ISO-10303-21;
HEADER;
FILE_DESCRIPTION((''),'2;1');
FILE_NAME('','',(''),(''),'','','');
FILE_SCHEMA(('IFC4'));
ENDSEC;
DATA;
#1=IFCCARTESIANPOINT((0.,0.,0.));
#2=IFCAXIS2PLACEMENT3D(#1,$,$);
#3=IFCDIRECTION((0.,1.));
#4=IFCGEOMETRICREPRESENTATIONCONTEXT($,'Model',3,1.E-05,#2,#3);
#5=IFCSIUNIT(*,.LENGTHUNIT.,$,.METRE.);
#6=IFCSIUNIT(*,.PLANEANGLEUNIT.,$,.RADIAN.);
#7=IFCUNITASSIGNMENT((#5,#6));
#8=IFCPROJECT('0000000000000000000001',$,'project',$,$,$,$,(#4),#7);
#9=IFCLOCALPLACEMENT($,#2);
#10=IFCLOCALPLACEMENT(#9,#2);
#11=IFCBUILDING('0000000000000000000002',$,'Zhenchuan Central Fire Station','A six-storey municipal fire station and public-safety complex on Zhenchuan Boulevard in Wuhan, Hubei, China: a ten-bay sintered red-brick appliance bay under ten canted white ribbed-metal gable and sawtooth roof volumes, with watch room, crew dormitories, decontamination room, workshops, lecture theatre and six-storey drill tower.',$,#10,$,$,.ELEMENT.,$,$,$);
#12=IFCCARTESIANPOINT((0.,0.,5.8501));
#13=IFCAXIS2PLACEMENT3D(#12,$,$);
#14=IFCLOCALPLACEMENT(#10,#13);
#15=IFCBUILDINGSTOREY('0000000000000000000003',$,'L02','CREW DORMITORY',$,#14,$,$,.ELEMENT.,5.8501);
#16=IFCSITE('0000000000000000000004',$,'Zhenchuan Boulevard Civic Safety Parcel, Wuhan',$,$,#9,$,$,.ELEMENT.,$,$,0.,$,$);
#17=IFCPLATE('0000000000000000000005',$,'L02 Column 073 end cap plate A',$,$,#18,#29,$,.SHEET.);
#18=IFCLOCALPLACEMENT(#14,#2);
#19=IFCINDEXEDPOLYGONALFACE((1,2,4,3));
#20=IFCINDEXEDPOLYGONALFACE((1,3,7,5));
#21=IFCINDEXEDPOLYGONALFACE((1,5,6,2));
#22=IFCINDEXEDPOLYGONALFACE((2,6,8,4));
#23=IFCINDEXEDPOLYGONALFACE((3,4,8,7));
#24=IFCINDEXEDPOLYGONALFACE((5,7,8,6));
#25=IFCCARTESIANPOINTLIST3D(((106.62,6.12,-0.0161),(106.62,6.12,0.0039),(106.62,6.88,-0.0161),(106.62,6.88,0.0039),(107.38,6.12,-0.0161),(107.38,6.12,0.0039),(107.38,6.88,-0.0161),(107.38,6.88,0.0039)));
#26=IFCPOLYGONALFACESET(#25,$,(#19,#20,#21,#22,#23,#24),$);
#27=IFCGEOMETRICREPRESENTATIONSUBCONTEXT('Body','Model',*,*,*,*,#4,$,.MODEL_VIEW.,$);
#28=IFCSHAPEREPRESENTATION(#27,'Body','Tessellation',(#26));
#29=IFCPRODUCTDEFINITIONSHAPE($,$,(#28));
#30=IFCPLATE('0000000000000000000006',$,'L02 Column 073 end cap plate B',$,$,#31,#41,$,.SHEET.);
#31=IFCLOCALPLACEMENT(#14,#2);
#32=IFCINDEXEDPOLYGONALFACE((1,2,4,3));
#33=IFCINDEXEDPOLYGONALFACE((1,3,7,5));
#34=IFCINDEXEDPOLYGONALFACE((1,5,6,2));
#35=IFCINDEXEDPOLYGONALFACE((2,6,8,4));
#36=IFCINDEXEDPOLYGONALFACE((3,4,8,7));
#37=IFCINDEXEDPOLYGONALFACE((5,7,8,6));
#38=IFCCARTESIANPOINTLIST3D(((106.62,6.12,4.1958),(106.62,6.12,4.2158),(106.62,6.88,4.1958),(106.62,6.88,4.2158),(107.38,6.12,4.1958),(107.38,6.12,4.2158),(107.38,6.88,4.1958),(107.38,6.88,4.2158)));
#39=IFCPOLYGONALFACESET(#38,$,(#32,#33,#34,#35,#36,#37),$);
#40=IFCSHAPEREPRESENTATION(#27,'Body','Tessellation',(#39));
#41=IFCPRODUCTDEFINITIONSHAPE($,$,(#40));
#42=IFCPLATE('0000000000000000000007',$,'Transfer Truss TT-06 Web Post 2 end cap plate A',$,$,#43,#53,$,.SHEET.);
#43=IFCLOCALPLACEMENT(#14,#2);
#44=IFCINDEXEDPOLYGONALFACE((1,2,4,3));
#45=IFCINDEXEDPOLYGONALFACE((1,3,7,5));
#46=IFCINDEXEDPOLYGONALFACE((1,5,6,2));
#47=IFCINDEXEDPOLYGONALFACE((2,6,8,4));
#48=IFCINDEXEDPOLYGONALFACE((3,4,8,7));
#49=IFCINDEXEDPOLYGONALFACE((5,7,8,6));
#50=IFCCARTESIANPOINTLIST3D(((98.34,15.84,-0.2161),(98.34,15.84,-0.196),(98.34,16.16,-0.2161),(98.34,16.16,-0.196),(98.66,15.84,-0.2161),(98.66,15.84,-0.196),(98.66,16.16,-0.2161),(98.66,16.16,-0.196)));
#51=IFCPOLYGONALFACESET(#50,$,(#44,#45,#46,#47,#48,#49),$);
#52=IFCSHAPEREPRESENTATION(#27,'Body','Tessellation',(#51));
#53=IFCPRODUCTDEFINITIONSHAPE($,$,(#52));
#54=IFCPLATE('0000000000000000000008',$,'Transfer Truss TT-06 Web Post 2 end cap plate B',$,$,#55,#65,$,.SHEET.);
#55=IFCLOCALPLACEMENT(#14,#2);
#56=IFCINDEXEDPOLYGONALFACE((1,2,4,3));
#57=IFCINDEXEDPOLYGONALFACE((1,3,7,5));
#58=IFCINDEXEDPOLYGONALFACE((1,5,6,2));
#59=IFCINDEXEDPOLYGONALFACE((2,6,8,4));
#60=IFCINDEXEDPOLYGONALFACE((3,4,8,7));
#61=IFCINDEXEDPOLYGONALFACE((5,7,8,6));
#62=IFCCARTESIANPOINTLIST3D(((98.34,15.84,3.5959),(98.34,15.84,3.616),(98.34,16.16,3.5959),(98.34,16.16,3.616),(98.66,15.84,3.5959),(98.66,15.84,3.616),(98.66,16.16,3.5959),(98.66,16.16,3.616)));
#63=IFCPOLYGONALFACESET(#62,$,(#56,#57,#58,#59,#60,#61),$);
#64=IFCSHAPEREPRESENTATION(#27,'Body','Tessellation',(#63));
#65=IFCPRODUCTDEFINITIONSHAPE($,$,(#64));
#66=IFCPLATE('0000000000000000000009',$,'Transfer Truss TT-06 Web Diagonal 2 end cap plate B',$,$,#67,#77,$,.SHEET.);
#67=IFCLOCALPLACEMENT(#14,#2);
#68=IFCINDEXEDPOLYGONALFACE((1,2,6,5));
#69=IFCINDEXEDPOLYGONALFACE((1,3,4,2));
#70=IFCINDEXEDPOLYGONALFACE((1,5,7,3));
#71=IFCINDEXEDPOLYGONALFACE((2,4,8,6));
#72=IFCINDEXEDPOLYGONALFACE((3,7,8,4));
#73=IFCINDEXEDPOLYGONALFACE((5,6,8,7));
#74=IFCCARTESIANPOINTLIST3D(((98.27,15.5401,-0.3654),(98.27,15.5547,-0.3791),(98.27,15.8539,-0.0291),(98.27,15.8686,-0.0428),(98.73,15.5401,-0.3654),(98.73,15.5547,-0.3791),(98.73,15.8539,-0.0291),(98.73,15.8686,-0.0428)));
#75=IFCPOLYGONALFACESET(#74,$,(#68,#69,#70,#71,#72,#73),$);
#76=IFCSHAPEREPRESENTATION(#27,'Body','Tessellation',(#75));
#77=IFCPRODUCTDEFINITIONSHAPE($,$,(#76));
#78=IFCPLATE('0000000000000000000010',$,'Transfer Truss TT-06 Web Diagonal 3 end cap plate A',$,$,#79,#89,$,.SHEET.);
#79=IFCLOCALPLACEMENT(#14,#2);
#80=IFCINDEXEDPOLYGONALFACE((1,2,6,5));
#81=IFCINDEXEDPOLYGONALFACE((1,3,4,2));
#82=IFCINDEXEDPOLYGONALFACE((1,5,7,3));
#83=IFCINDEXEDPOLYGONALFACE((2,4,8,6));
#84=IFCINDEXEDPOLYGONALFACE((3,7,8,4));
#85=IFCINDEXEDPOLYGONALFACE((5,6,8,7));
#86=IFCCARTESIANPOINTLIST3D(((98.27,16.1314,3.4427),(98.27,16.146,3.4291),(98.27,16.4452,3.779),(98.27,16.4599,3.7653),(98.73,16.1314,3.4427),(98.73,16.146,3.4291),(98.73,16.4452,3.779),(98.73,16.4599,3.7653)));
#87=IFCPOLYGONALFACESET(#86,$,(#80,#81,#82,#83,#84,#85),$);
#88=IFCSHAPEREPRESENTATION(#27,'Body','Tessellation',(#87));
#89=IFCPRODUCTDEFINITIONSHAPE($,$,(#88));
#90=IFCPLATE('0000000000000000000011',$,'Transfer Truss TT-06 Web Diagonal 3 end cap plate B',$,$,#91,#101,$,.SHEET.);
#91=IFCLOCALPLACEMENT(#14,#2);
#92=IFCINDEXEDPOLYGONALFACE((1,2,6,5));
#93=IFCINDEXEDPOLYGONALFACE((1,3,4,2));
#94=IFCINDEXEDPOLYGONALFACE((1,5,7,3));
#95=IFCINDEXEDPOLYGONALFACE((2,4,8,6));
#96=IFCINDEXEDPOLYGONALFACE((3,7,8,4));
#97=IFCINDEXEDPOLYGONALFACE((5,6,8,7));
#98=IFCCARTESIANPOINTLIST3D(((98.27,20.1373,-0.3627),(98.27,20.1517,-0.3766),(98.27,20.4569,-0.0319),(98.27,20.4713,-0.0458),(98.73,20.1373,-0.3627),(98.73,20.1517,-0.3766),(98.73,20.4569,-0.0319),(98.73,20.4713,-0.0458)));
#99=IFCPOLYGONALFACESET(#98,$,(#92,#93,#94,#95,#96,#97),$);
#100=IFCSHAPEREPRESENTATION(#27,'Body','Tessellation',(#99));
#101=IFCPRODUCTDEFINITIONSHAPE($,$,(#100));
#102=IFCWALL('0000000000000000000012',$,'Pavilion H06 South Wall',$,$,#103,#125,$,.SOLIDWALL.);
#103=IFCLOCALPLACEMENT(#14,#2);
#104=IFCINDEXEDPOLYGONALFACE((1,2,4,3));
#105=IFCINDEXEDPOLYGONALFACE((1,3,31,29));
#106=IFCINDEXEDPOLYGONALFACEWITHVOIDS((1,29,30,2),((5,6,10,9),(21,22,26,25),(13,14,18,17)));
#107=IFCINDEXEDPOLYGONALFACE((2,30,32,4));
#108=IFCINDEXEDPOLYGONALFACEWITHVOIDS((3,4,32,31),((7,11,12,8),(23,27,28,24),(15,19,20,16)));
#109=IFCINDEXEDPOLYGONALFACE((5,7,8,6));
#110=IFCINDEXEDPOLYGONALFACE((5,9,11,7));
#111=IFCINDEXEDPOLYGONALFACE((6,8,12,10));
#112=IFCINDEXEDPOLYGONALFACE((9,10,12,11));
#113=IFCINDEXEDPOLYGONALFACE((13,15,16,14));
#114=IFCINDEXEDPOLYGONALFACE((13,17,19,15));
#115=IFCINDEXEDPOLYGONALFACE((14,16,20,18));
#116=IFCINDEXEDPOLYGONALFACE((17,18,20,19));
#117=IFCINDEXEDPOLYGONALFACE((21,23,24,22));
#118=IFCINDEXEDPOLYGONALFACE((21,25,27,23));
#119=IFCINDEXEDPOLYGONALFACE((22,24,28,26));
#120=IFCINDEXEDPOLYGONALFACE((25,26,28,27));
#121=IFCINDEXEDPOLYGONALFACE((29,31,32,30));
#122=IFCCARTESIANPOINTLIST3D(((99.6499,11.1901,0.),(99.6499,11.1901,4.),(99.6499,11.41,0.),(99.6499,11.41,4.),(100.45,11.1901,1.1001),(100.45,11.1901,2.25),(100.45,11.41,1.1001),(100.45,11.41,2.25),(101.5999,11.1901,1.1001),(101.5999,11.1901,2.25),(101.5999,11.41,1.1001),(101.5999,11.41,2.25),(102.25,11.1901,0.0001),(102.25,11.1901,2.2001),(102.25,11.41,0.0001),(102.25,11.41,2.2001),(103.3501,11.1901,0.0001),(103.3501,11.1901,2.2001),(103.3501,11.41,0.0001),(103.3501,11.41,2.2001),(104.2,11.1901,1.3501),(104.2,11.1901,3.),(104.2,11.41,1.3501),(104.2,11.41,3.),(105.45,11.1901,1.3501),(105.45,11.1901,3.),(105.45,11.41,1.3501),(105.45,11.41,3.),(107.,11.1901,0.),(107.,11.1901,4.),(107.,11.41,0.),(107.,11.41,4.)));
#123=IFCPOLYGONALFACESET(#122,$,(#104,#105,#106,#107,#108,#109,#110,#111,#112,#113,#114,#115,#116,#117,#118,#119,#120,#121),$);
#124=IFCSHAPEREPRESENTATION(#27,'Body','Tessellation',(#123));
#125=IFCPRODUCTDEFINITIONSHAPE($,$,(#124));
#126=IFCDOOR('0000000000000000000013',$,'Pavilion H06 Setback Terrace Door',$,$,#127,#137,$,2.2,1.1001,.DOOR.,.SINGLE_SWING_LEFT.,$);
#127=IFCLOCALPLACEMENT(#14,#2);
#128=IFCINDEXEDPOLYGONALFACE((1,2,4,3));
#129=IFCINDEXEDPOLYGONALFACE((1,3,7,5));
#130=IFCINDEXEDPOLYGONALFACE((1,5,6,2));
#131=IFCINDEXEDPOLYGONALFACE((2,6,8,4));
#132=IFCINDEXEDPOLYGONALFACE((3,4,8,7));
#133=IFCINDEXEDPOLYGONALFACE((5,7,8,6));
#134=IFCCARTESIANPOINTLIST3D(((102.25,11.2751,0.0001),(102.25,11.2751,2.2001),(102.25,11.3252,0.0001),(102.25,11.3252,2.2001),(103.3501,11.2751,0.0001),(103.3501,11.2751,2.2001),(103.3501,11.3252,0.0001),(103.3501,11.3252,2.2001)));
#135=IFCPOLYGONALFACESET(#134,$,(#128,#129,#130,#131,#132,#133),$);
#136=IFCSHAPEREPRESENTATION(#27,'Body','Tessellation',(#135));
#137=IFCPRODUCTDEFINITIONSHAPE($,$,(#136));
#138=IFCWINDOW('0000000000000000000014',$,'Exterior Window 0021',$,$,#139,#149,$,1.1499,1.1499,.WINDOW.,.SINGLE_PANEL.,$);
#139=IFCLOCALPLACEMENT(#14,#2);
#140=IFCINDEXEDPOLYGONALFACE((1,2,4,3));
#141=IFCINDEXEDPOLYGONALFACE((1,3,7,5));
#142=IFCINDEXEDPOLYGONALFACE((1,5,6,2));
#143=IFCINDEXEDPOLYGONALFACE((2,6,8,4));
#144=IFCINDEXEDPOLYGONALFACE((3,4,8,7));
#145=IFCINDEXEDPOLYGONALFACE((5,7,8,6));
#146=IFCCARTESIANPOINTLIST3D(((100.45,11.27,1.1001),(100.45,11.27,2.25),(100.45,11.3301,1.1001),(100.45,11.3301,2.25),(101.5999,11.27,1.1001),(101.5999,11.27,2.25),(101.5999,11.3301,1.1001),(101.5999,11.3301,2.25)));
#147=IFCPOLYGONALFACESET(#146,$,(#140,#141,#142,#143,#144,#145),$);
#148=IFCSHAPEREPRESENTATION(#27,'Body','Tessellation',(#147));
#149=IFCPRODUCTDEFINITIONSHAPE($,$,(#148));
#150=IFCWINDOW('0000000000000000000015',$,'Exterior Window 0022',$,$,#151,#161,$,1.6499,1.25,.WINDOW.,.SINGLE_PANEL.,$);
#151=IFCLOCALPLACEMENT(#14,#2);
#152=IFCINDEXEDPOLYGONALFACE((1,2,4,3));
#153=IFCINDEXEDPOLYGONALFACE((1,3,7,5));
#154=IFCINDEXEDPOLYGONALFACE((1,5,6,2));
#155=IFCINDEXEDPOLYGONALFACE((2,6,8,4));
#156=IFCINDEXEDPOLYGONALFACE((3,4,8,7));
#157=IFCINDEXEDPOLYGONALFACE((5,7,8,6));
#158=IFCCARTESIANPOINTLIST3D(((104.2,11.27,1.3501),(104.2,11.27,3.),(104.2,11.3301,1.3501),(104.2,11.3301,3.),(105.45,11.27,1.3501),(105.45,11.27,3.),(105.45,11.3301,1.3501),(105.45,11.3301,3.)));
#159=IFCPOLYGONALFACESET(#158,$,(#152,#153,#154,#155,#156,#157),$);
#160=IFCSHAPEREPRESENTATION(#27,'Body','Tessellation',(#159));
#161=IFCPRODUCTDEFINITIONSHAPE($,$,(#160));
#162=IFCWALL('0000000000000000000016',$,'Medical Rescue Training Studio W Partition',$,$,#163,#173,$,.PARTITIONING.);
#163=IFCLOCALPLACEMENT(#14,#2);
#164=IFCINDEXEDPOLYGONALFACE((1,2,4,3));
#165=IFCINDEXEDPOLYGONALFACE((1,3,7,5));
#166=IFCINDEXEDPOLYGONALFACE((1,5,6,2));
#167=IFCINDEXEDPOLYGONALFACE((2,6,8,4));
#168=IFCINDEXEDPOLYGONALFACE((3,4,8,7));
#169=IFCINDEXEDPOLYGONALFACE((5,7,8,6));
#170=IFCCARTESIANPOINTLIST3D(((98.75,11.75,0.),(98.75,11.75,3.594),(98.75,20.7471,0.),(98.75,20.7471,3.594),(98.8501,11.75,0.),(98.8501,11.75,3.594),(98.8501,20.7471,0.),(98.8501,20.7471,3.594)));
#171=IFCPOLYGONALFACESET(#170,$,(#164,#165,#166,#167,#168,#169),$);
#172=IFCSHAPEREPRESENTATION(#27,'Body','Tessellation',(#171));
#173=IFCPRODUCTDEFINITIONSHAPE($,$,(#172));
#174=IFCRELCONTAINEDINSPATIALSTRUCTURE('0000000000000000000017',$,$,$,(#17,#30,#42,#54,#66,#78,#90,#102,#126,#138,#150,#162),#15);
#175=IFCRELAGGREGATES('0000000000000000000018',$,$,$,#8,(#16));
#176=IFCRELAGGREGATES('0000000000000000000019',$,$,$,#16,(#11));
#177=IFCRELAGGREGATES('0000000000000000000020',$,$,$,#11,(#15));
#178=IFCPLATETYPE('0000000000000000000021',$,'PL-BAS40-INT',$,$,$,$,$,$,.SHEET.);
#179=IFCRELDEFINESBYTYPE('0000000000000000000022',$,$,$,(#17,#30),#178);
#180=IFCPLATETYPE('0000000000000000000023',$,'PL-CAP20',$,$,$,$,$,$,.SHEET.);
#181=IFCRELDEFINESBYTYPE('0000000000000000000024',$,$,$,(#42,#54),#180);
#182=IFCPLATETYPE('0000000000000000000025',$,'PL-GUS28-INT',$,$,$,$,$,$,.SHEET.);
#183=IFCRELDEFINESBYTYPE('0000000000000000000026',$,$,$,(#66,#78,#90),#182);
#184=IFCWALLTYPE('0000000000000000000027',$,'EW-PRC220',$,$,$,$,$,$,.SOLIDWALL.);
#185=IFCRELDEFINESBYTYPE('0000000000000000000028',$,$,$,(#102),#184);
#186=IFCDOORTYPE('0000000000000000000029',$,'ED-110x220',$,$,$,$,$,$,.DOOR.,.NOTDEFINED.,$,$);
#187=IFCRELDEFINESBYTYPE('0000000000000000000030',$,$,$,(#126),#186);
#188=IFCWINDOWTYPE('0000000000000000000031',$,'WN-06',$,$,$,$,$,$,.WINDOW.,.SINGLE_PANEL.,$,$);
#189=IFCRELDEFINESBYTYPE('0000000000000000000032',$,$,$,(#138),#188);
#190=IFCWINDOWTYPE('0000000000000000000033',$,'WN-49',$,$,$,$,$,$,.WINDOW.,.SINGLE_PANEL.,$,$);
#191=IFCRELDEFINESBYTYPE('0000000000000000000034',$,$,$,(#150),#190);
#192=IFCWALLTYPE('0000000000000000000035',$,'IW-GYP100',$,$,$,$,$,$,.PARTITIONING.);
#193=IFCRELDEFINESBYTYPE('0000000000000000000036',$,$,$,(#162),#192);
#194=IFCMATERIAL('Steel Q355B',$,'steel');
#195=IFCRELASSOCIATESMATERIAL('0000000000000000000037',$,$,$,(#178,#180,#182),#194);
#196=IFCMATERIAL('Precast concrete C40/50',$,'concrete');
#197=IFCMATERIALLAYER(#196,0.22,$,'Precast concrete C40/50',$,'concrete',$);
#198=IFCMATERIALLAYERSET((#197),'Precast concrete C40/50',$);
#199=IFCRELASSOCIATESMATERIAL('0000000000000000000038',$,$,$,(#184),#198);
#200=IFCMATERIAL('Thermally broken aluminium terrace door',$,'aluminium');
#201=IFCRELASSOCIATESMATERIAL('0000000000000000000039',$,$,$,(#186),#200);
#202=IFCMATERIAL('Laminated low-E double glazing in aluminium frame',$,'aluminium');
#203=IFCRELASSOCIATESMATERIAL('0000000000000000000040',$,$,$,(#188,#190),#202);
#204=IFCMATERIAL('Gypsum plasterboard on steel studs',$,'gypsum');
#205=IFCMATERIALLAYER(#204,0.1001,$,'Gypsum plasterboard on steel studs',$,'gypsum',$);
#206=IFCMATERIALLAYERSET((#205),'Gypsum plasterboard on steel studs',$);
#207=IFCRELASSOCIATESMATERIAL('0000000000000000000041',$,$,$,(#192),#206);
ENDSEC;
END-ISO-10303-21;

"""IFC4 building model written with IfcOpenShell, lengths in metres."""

from ifc_helpers import new_model, si_unit, direction, frame, frame_2d, origin, origin_2d, place, context, subcontext, project, spatial, rectangle, extrude, material, layer, layer_set, material_profile, profile_set, type_object, element, fill, save


model = new_model("IFC4")

# Units and contexts
model_context = context("Model", 3, precision=1e-05, world=origin(), true_north=direction((0.0, 1.0)))
body_context = subcontext(model_context, "Body", "Model", "MODEL_VIEW")
ifc_project = project(units=[si_unit("LENGTHUNIT", "METRE"), si_unit("PLANEANGLEUNIT", "RADIAN")], contexts=[model_context])

# Site, building, storey
site_placement = place(None, origin())
site = spatial("IfcSite", under=ifc_project, at=site_placement, Name="Zhenchuan Boulevard Civic Safety Parcel, Wuhan", CompositionType="ELEMENT", RefElevation=0.0)
building_placement = place(site_placement, origin())
building = spatial("IfcBuilding", under=site, at=building_placement, Name="Zhenchuan Central Fire Station", Description="A six-storey municipal fire station and public-safety complex on Zhenchuan Boulevard in Wuhan, Hubei, China: a ten-bay sintered red-brick appliance bay under ten canted white ribbed-metal gable and sawtooth roof volumes, with watch room, crew dormitories, decontamination room, workshops, lecture theatre and six-storey drill tower.", CompositionType="ELEMENT")
storey_placement = place(building_placement, frame((0.0, 0.0, 5.8501)))
storey = spatial("IfcBuildingStorey", under=building, at=storey_placement, Name="L02", Description="CREW DORMITORY", CompositionType="ELEMENT", Elevation=5.8501)

# Shared definitions
ifc_material_1 = material(Name="Steel Q355B", Category="steel")

# Plates
ifc_material_profile_1 = material_profile(ifc_material_1, rectangle(XDim=0.76, YDim=0.76, at=origin_2d()), Name="PL 760x760x40")
ifc_profile_set_1 = profile_set([ifc_material_profile_1], Name="Steel Q355B")
plate_type_1 = type_object("IfcPlateType", Name="PL-BAS40-INT", PredefinedType="SHEET", material=ifc_profile_set_1)
for number, where, z_axis, x_axis, name in (
    (1, (107.0, 6.5, -0.0161), (0.0, 0.0, 1.0), (1.0, 0.0, 0.0), "L02 Column 073 end cap plate A"),
    (2, (107.0, 6.5, 4.1958), (0.0, 0.0, 1.0), (1.0, 0.0, 0.0), "L02 Column 073 end cap plate B"),
):
    element("IfcPlate", number, at=place(storey_placement, frame(where, z_axis=z_axis, x_axis=x_axis)), inside=storey, type_object=plate_type_1, Name=name, PredefinedType="SHEET", context=body_context, shape_type="SweptSolid", body=[
        extrude(rectangle(XDim=0.76, YDim=0.76, at=origin_2d()), origin(), (0.0, 0.0, 1.0), 0.02),
    ])
ifc_material_profile_2 = material_profile(ifc_material_1, rectangle(XDim=0.3201, YDim=0.3201, at=origin_2d()), Name="PL 320x320x20")
ifc_profile_set_2 = profile_set([ifc_material_profile_2], Name="Steel Q355B")
plate_type_2 = type_object("IfcPlateType", Name="PL-CAP20", PredefinedType="SHEET", material=ifc_profile_set_2)
for number, where, z_axis, x_axis, name in (
    (3, (98.5, 16.0, -0.2161), (0.0, 0.0, 1.0), (1.0, 0.0, 0.0), "Transfer Truss TT-06 Web Post 2 end cap plate A"),
    (4, (98.5, 16.0, 3.5959), (0.0, 0.0, 1.0), (1.0, 0.0, 0.0), "Transfer Truss TT-06 Web Post 2 end cap plate B"),
):
    element("IfcPlate", number, at=place(storey_placement, frame(where, z_axis=z_axis, x_axis=x_axis)), inside=storey, type_object=plate_type_2, Name=name, PredefinedType="SHEET", context=body_context, shape_type="SweptSolid", body=[
        extrude(rectangle(XDim=0.3201, YDim=0.3201, at=origin_2d()), origin(), (0.0, 0.0, 1.0), 0.02),
    ])
ifc_material_profile_3 = material_profile(ifc_material_1, rectangle(XDim=0.46, YDim=0.46, at=origin_2d()), Name="PL 460x460x28")
ifc_profile_set_3 = profile_set([ifc_material_profile_3], Name="Steel Q355B")
plate_type_3 = type_object("IfcPlateType", Name="PL-GUS28-INT", PredefinedType="SHEET", material=ifc_profile_set_3)
for number, where, z_axis, x_axis, name in (
    (5, (98.5, 15.697, -0.1973), (0.0, 0.731055, -0.682318), (-1.0, 0.0, 0.0), "Transfer Truss TT-06 Web Diagonal 2 end cap plate B"),
    (6, (98.5, 16.2883, 3.6108), (0.0, 0.731055, -0.682318), (-1.0, 0.0, 0.0), "Transfer Truss TT-06 Web Diagonal 3 end cap plate A"),
    (7, (98.5, 20.2971, -0.1973), (0.0, 0.719191, -0.694812), (-1.0, 0.0, 0.0), "Transfer Truss TT-06 Web Diagonal 3 end cap plate B"),
):
    element("IfcPlate", number, at=place(storey_placement, frame(where, z_axis=z_axis, x_axis=x_axis)), inside=storey, type_object=plate_type_3, Name=name, PredefinedType="SHEET", context=body_context, shape_type="SweptSolid", body=[
        extrude(rectangle(XDim=0.46, YDim=0.46, at=origin_2d()), origin(), (0.0, 0.0, 1.0), 0.02),
    ])

# Wall, openings, door, windows
ifc_material_2 = material(Name="Precast concrete C40/50", Category="concrete")
ifc_layer_1 = layer(ifc_material_2, 0.22, Name="Precast concrete C40/50", Category="concrete")
ifc_layer_set_1 = layer_set([ifc_layer_1], Name="Precast concrete C40/50")
wall_type_1 = type_object("IfcWallType", Name="EW-PRC220", PredefinedType="SOLIDWALL", material=ifc_layer_set_1)
wall_1_placement = place(storey_placement, frame((99.6499, 11.3, 0.0), z_axis=(0.0, 0.0, 1.0), x_axis=(1.0, 0.0, 0.0)))
wall_1 = element("IfcWall", 8, at=wall_1_placement, inside=storey, type_object=wall_type_1, Name="Pavilion H06 South Wall", PredefinedType="SOLIDWALL", context=body_context, shape_type="SweptSolid", body=[
    extrude(rectangle(XDim=7.3501, YDim=0.22, at=frame_2d((3.675, 0.0))), origin(), (0.0, 0.0, 1.0), 4.0),
])
opening_1_placement = place(wall_1_placement, frame((2.6001, 0.0, 0.0)))
opening_1 = element("IfcOpeningElement", 9, at=opening_1_placement, cuts=wall_1, PredefinedType="OPENING", context=body_context, shape_type="SweptSolid", body=[
    extrude(rectangle(XDim=1.1001, YDim=2.2, at=frame_2d((0.55, 1.1001))), frame((0.0, 0.1199, 0.0), z_axis=(0.0, -1.0, 0.0), x_axis=(1.0, 0.0, 0.0)), (0.0, 0.0, 1.0), 0.24),
])
opening_2_placement = place(wall_1_placement, frame((0.8, 0.0, 1.1001)))
opening_2 = element("IfcOpeningElement", 10, at=opening_2_placement, cuts=wall_1, PredefinedType="OPENING", context=body_context, shape_type="SweptSolid", body=[
    extrude(rectangle(XDim=1.1499, YDim=1.1499, at=frame_2d((0.575, 0.575))), frame((0.0, 0.1199, 0.0), z_axis=(0.0, -1.0, 0.0), x_axis=(1.0, 0.0, 0.0)), (0.0, 0.0, 1.0), 0.24),
])
opening_3_placement = place(wall_1_placement, frame((4.55, 0.0, 1.3501)))
opening_3 = element("IfcOpeningElement", 11, at=opening_3_placement, cuts=wall_1, PredefinedType="OPENING", context=body_context, shape_type="SweptSolid", body=[
    extrude(rectangle(XDim=1.25, YDim=1.6499, at=frame_2d((0.625, 0.825))), frame((0.0, 0.1199, 0.0), z_axis=(0.0, -1.0, 0.0), x_axis=(1.0, 0.0, 0.0)), (0.0, 0.0, 1.0), 0.24),
])
ifc_material_3 = material(Name="Thermally broken aluminium terrace door", Category="aluminium")
door_type = type_object("IfcDoorType", Name="ED-110x220", OperationType="NOTDEFINED", PredefinedType="DOOR", material=ifc_material_3)
door_placement = place(opening_1_placement, frame((1.1001, 0.0, 0.0), z_axis=(0.0, 0.0, 1.0), x_axis=(-1.0, 0.0, 0.0)))
door = element("IfcDoor", 12, at=door_placement, inside=storey, type_object=door_type, Name="Pavilion H06 Setback Terrace Door", OperationType="SINGLE_SWING_LEFT", OverallHeight=2.2, OverallWidth=1.1001, PredefinedType="DOOR", context=body_context, shape_type="SweptSolid", body=[
    extrude(rectangle(XDim=1.1001, YDim=2.2, at=frame_2d((0.55, 1.1001))), frame((0.0, 0.0249, 0.0), z_axis=(0.0, -1.0, 0.0), x_axis=(1.0, 0.0, 0.0)), (0.0, 0.0, 1.0), 0.05),
])
fill(opening_1, door)
ifc_material_4 = material(Name="Laminated low-E double glazing in aluminium frame", Category="aluminium")
window_type_1 = type_object("IfcWindowType", Name="WN-06", PartitioningType="SINGLE_PANEL", PredefinedType="WINDOW", material=ifc_material_4)
window_1_placement = place(opening_2_placement, origin())
window_1 = element("IfcWindow", 13, at=window_1_placement, inside=storey, type_object=window_type_1, Name="Exterior Window 0021", OverallHeight=1.1499, OverallWidth=1.1499, PartitioningType="SINGLE_PANEL", PredefinedType="WINDOW", context=body_context, shape_type="SweptSolid", body=[
    extrude(rectangle(XDim=1.1499, YDim=1.1499, at=frame_2d((0.575, 0.575))), frame((0.0, 0.03, 0.0), z_axis=(0.0, -1.0, 0.0), x_axis=(1.0, 0.0, 0.0)), (0.0, 0.0, 1.0), 0.0601),
])
fill(opening_2, window_1)
window_type_2 = type_object("IfcWindowType", Name="WN-49", PartitioningType="SINGLE_PANEL", PredefinedType="WINDOW", material=ifc_material_4)
window_2_placement = place(opening_3_placement, origin())
window_2 = element("IfcWindow", 14, at=window_2_placement, inside=storey, type_object=window_type_2, Name="Exterior Window 0022", OverallHeight=1.6499, OverallWidth=1.25, PartitioningType="SINGLE_PANEL", PredefinedType="WINDOW", context=body_context, shape_type="SweptSolid", body=[
    extrude(rectangle(XDim=1.25, YDim=1.6499, at=frame_2d((0.625, 0.825))), frame((0.0, 0.03, 0.0), z_axis=(0.0, -1.0, 0.0), x_axis=(1.0, 0.0, 0.0)), (0.0, 0.0, 1.0), 0.0601),
])
fill(opening_3, window_2)

# Wall
ifc_material_5 = material(Name="Gypsum plasterboard on steel studs", Category="gypsum")
ifc_layer_2 = layer(ifc_material_5, 0.1001, Name="Gypsum plasterboard on steel studs", Category="gypsum")
ifc_layer_set_2 = layer_set([ifc_layer_2], Name="Gypsum plasterboard on steel studs")
wall_type_2 = type_object("IfcWallType", Name="IW-GYP100", PredefinedType="PARTITIONING", material=ifc_layer_set_2)
wall_2_placement = place(storey_placement, frame((98.8, 11.75, 0.0), z_axis=(0.0, 0.0, 1.0), x_axis=(0.0, 1.0, 0.0)))
element("IfcWall", 15, at=wall_2_placement, inside=storey, type_object=wall_type_2, Name="Medical Rescue Training Studio W Partition", PredefinedType="PARTITIONING", context=body_context, shape_type="SweptSolid", body=[
    extrude(rectangle(XDim=8.9971, YDim=0.1001, at=frame_2d((4.4985, 0.0))), origin(), (0.0, 0.0, 1.0), 3.594),
])

save(model, "model.ifc")
